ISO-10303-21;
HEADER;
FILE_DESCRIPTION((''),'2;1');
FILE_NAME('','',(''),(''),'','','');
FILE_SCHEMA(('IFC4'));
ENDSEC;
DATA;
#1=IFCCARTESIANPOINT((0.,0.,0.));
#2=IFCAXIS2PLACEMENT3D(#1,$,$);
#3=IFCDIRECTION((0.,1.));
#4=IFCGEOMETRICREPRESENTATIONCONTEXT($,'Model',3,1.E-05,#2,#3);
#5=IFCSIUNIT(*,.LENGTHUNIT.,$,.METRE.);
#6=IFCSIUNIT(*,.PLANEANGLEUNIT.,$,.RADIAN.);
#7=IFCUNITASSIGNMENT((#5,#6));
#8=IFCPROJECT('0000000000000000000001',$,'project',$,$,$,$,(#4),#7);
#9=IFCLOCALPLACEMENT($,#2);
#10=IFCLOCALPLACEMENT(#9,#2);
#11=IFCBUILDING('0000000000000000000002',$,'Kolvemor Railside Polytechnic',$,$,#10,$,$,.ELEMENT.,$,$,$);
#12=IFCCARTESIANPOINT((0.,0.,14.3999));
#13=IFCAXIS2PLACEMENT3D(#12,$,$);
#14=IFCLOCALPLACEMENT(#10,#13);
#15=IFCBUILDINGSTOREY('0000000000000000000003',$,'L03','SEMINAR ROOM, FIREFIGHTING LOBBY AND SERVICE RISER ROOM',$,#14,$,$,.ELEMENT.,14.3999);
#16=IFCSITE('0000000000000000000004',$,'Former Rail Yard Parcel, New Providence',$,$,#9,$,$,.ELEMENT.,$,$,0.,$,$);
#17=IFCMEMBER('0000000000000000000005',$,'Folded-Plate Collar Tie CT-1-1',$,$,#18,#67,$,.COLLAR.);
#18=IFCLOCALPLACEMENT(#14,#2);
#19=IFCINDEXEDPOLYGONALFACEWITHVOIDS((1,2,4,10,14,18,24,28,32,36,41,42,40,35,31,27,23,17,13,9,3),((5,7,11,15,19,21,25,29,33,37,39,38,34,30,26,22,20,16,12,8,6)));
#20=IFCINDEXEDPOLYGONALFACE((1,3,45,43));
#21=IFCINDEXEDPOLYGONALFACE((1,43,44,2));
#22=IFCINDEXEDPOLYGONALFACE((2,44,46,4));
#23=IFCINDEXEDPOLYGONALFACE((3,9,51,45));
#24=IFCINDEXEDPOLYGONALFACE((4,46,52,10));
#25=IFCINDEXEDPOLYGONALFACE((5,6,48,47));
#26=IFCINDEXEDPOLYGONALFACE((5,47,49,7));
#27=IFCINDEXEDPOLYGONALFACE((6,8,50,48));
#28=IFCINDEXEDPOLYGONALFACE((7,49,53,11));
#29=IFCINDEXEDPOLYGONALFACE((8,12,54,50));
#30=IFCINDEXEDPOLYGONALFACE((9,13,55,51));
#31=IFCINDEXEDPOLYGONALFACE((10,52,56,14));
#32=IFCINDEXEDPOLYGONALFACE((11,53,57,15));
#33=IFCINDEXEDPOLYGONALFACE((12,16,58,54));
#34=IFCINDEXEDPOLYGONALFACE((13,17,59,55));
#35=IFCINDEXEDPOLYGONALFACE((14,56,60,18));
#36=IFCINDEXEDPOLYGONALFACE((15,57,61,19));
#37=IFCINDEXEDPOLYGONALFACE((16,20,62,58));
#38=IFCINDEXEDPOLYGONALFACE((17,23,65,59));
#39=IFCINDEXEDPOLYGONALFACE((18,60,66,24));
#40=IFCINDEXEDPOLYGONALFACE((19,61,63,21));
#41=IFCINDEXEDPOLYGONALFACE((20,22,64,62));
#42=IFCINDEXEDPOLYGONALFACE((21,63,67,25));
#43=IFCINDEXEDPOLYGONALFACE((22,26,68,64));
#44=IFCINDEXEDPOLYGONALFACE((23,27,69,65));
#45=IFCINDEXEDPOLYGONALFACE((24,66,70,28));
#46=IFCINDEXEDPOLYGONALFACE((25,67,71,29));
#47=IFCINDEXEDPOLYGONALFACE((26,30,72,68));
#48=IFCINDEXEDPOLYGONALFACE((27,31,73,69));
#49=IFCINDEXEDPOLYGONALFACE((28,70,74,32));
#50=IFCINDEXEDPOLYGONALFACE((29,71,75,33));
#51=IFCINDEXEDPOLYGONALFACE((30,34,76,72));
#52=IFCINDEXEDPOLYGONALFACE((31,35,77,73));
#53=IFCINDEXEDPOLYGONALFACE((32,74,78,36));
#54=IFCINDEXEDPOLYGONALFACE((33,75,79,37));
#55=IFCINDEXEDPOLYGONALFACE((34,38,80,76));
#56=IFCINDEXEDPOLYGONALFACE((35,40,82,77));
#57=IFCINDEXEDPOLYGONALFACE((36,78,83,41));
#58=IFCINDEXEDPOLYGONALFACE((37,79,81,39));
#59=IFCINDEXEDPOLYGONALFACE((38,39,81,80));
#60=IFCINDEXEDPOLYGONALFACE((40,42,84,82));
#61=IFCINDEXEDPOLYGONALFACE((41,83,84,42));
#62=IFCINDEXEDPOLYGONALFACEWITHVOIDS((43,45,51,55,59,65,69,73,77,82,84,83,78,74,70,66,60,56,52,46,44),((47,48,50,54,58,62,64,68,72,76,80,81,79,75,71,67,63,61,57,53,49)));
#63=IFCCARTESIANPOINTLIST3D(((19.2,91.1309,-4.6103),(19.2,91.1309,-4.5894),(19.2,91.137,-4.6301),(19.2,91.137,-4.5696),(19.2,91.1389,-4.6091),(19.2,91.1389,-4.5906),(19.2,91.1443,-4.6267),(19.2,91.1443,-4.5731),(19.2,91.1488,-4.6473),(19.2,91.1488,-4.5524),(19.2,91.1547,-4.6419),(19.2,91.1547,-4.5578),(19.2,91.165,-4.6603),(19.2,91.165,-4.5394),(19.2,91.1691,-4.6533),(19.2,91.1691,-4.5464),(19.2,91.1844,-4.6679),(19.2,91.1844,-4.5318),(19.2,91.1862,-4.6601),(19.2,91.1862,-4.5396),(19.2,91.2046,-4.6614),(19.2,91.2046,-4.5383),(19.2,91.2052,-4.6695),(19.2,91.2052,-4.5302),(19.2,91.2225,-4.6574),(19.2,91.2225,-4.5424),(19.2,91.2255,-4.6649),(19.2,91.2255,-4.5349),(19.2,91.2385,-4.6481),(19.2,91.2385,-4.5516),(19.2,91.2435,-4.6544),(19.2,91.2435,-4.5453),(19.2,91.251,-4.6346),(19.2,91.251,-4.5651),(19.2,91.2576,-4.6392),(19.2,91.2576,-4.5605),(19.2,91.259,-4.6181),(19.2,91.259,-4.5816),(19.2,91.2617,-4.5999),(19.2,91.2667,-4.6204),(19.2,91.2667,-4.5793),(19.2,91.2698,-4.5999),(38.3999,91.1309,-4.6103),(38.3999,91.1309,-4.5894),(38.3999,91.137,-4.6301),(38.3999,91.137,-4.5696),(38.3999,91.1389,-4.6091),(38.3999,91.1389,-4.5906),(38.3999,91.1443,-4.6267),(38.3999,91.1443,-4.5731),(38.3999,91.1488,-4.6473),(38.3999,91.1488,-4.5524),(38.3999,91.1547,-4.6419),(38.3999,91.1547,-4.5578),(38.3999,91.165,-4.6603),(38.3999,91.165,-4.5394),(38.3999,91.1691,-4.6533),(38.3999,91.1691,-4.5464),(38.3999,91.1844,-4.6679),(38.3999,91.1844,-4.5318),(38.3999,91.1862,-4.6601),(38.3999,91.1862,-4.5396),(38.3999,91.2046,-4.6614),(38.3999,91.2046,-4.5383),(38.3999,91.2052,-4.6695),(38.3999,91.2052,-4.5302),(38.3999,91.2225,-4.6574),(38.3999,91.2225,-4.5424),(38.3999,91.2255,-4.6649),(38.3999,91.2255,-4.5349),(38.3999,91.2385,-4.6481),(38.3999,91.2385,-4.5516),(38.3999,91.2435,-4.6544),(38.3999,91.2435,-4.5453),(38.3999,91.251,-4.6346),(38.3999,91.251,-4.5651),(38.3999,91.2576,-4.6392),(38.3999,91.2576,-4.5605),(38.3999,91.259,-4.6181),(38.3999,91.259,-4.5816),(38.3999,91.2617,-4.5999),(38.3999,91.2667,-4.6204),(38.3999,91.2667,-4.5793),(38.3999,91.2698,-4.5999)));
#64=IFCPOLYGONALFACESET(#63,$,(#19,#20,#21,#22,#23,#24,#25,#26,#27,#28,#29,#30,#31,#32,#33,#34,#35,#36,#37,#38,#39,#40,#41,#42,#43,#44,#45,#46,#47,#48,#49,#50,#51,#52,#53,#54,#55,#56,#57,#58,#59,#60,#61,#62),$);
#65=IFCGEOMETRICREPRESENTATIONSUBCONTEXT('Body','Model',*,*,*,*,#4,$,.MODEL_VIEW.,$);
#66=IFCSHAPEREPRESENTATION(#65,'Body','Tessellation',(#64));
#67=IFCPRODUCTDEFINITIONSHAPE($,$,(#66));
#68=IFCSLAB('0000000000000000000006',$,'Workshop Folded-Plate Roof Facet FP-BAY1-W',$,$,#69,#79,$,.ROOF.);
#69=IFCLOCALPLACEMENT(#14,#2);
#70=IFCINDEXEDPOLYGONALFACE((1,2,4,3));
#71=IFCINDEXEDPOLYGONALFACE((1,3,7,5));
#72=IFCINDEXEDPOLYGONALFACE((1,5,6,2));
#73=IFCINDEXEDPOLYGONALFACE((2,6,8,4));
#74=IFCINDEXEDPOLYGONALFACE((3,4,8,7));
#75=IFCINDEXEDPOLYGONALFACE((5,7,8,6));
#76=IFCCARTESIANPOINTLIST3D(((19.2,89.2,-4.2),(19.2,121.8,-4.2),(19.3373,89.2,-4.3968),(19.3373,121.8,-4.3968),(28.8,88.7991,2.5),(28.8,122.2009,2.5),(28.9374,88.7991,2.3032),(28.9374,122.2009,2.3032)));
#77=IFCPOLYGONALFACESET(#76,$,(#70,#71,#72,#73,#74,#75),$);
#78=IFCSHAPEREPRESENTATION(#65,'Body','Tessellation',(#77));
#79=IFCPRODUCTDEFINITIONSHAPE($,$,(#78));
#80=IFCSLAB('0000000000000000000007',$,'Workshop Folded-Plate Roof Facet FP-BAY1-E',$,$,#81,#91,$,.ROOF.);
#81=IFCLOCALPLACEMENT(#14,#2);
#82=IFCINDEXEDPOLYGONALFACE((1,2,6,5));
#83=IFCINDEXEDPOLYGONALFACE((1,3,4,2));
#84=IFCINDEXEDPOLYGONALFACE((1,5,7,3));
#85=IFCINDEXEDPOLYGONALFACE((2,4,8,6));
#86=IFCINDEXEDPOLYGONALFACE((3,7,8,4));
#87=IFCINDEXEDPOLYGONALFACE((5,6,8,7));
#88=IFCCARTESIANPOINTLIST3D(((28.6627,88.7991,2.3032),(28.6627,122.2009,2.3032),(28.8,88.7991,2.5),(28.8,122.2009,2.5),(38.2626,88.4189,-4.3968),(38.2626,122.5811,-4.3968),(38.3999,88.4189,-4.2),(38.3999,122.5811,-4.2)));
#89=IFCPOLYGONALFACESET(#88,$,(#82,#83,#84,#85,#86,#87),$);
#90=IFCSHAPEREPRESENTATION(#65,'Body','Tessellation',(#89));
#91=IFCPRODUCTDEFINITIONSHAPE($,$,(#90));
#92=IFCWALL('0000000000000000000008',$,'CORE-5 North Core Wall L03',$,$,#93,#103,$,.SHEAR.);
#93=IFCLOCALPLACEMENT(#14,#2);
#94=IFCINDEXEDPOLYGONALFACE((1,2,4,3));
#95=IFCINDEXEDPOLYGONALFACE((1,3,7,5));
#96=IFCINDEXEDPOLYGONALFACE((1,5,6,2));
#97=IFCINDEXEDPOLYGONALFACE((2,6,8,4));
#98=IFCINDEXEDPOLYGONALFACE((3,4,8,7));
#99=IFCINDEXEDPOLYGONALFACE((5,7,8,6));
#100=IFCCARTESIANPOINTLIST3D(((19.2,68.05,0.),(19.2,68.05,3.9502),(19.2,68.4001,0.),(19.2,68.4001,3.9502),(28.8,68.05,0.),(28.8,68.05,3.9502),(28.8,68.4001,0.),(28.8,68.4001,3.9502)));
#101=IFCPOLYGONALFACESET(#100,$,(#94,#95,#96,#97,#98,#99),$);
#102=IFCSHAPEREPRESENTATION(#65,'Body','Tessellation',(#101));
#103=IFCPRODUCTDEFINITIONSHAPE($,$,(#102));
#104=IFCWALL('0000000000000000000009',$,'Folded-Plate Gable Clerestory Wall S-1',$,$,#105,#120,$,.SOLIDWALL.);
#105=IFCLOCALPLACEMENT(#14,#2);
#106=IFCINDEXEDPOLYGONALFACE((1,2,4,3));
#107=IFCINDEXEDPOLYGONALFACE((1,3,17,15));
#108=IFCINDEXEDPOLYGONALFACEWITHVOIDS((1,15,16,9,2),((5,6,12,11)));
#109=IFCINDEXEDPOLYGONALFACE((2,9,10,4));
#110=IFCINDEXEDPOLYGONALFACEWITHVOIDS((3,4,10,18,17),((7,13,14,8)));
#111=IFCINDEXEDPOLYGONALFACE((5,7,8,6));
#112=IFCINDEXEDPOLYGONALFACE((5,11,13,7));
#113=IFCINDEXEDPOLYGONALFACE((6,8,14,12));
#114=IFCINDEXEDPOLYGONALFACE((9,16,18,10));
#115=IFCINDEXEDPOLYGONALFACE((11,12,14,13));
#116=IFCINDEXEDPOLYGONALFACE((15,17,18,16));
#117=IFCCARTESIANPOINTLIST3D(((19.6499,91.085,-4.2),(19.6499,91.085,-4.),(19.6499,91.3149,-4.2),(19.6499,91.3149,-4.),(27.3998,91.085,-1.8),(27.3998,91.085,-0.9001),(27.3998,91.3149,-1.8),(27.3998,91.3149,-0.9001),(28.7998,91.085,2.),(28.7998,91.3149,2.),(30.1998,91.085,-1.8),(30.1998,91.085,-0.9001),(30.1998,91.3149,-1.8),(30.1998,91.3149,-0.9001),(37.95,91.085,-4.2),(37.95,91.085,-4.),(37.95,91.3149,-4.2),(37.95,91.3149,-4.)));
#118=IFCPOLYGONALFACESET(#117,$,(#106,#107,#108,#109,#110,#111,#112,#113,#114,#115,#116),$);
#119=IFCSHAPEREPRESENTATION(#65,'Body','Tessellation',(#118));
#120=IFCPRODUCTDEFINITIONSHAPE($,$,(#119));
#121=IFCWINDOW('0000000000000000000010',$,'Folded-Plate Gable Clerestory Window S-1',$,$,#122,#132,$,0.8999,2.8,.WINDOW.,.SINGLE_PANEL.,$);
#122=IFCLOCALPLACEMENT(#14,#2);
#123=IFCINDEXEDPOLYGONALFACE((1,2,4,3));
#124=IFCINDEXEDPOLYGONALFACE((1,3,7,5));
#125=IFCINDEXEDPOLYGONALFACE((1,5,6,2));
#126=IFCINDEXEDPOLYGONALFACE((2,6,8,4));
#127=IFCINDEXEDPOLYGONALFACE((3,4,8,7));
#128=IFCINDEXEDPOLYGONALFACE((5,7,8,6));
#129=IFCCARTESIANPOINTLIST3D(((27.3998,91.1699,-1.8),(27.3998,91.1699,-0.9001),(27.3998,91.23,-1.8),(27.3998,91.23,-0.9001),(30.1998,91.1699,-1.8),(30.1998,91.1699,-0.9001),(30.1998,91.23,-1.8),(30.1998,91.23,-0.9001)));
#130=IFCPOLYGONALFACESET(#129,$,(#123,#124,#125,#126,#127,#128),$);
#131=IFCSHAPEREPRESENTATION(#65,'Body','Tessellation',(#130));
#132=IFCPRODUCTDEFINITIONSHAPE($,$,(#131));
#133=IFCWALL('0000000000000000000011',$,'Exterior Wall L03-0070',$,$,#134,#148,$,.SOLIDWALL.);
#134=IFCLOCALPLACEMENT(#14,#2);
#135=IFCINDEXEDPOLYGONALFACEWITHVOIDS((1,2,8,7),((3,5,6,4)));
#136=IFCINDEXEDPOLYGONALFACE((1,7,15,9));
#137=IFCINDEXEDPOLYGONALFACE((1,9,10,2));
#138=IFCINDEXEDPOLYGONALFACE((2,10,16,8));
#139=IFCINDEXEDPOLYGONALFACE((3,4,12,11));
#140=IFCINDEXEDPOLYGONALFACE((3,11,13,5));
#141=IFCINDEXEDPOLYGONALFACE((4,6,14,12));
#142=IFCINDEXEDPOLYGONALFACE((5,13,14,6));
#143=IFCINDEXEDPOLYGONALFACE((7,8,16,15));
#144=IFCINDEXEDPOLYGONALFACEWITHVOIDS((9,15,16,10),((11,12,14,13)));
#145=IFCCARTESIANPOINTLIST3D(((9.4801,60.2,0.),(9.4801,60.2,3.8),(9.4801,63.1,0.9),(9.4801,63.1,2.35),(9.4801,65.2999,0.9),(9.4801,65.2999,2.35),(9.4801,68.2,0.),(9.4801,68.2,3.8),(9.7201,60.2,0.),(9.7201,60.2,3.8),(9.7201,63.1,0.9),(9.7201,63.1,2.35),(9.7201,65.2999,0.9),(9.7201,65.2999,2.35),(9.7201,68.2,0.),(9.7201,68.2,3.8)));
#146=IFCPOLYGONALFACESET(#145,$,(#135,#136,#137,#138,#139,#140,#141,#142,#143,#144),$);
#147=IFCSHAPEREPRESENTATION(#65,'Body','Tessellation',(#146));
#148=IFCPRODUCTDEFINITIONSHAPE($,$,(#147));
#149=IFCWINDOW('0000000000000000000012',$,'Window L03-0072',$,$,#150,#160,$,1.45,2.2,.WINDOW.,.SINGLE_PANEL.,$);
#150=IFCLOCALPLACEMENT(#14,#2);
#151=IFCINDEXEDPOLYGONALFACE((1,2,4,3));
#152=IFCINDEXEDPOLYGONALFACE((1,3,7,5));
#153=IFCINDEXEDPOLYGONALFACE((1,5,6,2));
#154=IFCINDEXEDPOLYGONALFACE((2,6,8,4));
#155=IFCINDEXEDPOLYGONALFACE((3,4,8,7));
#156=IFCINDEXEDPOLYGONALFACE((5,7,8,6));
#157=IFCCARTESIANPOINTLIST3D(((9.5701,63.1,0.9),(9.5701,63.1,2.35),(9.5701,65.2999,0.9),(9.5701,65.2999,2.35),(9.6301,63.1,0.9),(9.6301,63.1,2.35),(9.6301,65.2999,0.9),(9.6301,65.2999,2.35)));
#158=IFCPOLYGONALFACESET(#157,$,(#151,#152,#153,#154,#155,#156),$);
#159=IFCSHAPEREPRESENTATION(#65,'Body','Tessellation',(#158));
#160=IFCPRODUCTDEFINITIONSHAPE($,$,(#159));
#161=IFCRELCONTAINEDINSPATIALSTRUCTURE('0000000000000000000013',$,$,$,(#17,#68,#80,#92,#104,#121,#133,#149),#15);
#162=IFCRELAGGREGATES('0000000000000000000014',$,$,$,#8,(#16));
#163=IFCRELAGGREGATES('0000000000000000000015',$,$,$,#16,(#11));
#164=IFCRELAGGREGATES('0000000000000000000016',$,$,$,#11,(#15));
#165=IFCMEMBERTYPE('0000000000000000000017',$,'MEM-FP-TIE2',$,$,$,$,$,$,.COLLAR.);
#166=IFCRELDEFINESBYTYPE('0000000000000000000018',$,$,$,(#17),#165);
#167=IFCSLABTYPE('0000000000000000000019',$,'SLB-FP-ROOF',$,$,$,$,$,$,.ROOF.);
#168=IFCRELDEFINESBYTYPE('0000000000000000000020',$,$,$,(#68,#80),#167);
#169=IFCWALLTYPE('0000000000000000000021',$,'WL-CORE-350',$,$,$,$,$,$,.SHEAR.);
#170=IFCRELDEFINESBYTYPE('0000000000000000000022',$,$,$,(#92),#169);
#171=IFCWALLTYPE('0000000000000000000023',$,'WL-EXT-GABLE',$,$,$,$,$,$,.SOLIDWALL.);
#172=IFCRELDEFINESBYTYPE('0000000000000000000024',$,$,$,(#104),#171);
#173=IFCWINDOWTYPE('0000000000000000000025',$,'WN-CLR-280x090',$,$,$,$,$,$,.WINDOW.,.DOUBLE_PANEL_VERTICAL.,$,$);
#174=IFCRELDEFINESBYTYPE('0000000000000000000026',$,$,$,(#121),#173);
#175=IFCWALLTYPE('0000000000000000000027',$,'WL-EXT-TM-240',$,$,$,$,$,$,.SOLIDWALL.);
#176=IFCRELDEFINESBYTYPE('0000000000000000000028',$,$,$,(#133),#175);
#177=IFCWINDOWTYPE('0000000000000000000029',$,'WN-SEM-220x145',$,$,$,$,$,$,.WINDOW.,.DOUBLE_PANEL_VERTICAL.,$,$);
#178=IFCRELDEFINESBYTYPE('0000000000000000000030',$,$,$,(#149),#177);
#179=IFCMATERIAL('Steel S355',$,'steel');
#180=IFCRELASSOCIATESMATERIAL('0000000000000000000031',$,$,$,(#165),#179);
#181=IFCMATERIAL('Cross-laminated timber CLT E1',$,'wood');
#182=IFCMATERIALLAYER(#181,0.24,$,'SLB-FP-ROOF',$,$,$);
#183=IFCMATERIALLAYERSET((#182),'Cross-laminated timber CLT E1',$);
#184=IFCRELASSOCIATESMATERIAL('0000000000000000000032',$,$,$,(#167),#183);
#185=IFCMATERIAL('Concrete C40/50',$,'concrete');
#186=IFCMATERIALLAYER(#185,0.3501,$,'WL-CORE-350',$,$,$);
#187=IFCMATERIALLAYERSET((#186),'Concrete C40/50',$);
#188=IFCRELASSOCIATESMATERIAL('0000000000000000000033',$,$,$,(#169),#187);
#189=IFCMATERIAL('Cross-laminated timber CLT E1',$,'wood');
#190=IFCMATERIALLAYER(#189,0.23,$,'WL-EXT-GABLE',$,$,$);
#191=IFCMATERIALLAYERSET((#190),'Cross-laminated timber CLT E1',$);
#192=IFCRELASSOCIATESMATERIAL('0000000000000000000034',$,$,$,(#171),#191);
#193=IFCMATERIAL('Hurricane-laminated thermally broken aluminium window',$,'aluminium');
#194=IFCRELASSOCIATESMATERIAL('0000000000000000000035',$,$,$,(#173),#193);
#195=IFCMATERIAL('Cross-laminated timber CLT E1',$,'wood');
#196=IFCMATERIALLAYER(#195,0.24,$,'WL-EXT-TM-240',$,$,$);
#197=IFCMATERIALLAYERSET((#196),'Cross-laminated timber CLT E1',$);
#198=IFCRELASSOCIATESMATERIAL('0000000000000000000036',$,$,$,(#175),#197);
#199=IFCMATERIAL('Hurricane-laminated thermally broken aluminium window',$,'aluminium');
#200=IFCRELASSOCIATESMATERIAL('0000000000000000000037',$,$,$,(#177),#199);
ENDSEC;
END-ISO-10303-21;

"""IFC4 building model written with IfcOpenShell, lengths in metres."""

from ifc_helpers import new_model, si_unit, direction, frame, frame_2d, origin, origin_2d, place, context, subcontext, project, spatial, polyline, rectangle, hollow_circle, outline, extrude, material, layer, layer_set, material_profile, profile_set, type_object, element, fill, save


model = new_model("IFC4")

# Units and contexts
model_context = context("Model", 3, precision=1e-05, world=origin(), true_north=direction((0.0, 1.0)))
body_context = subcontext(model_context, "Body", "Model", "MODEL_VIEW")
ifc_project = project(units=[si_unit("LENGTHUNIT", "METRE"), si_unit("PLANEANGLEUNIT", "RADIAN")], contexts=[model_context])

# Site, building, storey
site_placement = place(None, origin())
site = spatial("IfcSite", under=ifc_project, at=site_placement, Name="Former Rail Yard Parcel, New Providence", CompositionType="ELEMENT", RefElevation=0.0)
building_placement = place(site_placement, origin())
building = spatial("IfcBuilding", under=site, at=building_placement, Name="Kolvemor Railside Polytechnic", CompositionType="ELEMENT")
storey_placement = place(building_placement, frame((0.0, 0.0, 14.3999)))
storey = spatial("IfcBuildingStorey", under=building, at=storey_placement, Name="L03", Description="SEMINAR ROOM, FIREFIGHTING LOBBY AND SERVICE RISER ROOM", CompositionType="ELEMENT", Elevation=14.3999)

# Member
ifc_material_1 = material(Name="Steel S355", Category="steel")
ifc_material_profile_1 = material_profile(ifc_material_1, hollow_circle(Radius=0.0698, WallThickness=0.0081, at=origin_2d()), Name="CHS139.7x8")
ifc_profile_set_1 = profile_set([ifc_material_profile_1], Name="Steel S355")
member_type_1 = type_object("IfcMemberType", Name="MEM-FP-TIE2", PredefinedType="COLLAR", material=ifc_profile_set_1)
member_1_placement = place(storey_placement, frame((19.2, 91.2, -4.5999), z_axis=(1.0, 0.0, 0.0), x_axis=(0.0, 1.0, 0.0)))
element("IfcMember", 1, at=member_1_placement, inside=storey, type_object=member_type_1, Name="Folded-Plate Collar Tie CT-1-1", PredefinedType="COLLAR", context=body_context, shape_type="SweptSolid", body=[
    extrude(hollow_circle(Radius=0.0698, WallThickness=0.0081, at=origin_2d()), origin(), (0.0, 0.0, 1.0), 19.2),
])

# Slabs
ifc_material_2 = material(Name="Cross-laminated timber CLT E1", Category="wood")
ifc_layer_1 = layer(ifc_material_2, 0.24, Name="SLB-FP-ROOF")
ifc_layer_set_1 = layer_set([ifc_layer_1], Name="Cross-laminated timber CLT E1")
slab_type = type_object("IfcSlabType", Name="SLB-FP-ROOF", PredefinedType="ROOF", material=ifc_layer_set_1)
slab_1_placement = place(storey_placement, frame((19.2, 89.2, -4.2), z_axis=(-0.572308, 0.0, 0.820038), x_axis=(0.819558, -0.034223, 0.571973)))
element("IfcSlab", 2, at=slab_1_placement, inside=storey, type_object=slab_type, Name="Workshop Folded-Plate Roof Facet FP-BAY1-W", PredefinedType="ROOF", context=body_context, shape_type="SweptSolid", body=[
    extrude(outline(polyline([(0.0, 0.0), (11.7137, 0.0), (10.5706, 33.3823), (-1.1157, 32.581), (0.0, 0.0)])), origin(), (0.0, 0.0, -1.0), 0.24),
])
slab_2_placement = place(storey_placement, frame((28.8, 88.7991, 2.5), z_axis=(0.572318, 0.0, 0.820032), x_axis=(0.8196, -0.032454, -0.572017)))
element("IfcSlab", 3, at=slab_2_placement, inside=storey, type_object=slab_type, Name="Workshop Folded-Plate Roof Facet FP-BAY1-E", PredefinedType="ROOF", context=body_context, shape_type="SweptSolid", body=[
    extrude(outline(polyline([(0.0, 0.0), (11.7129, 0.0), (10.6042, 34.1441), (-1.084, 33.3843), (0.0, 0.0)])), origin(), (0.0, 0.0, -1.0), 0.24),
])

# Wall
ifc_material_3 = material(Name="Concrete C40/50", Category="concrete")
ifc_layer_2 = layer(ifc_material_3, 0.3501, Name="WL-CORE-350")
ifc_layer_set_2 = layer_set([ifc_layer_2], Name="Concrete C40/50")
wall_type_1 = type_object("IfcWallType", Name="WL-CORE-350", PredefinedType="SHEAR", material=ifc_layer_set_2)
wall_1_placement = place(storey_placement, frame((19.2, 68.2251, 0.0), z_axis=(0.0, 0.0, 1.0), x_axis=(1.0, 0.0, 0.0)))
element("IfcWall", 4, at=wall_1_placement, inside=storey, type_object=wall_type_1, Name="CORE-5 North Core Wall L03", PredefinedType="SHEAR", context=body_context, shape_type="SweptSolid", body=[
    extrude(rectangle(XDim=9.6001, YDim=0.3501, at=frame_2d((4.8, 0.0))), origin(), (0.0, 0.0, 1.0), 3.9502),
])

# Walls, openings, windows
ifc_material_4 = material(Name="Cross-laminated timber CLT E1", Category="wood")
ifc_layer_3 = layer(ifc_material_4, 0.23, Name="WL-EXT-GABLE")
ifc_layer_set_3 = layer_set([ifc_layer_3], Name="Cross-laminated timber CLT E1")
wall_type_2 = type_object("IfcWallType", Name="WL-EXT-GABLE", PredefinedType="SOLIDWALL", material=ifc_layer_set_3)
wall_2_placement = place(storey_placement, frame((19.6499, 91.2, -4.2), z_axis=(0.0, 0.0, 1.0), x_axis=(1.0, 0.0, 0.0)))
wall_2 = element("IfcWall", 5, at=wall_2_placement, inside=storey, type_object=wall_type_2, Name="Folded-Plate Gable Clerestory Wall S-1", PredefinedType="SOLIDWALL", context=body_context, shape_type="SweptSolid", body=[
    extrude(outline(polyline([(0.0, 0.0), (18.3, 0.0), (18.3, 0.2), (9.1499, 6.2), (0.0, 0.2), (0.0, 0.0)])), frame((0.0, 0.115, 0.0), z_axis=(0.0, -1.0, 0.0), x_axis=(1.0, 0.0, 0.0)), (0.0, 0.0, 1.0), 0.23),
])
opening_1_placement = place(wall_2_placement, frame((7.75, 0.0, 2.3999)))
opening_1 = element("IfcOpeningElement", 6, at=opening_1_placement, cuts=wall_2, PredefinedType="OPENING", context=body_context, shape_type="SweptSolid", body=[
    extrude(rectangle(XDim=2.8, YDim=0.8999, at=frame_2d((1.3999, 0.45))), frame((0.0, 0.125, 0.0), z_axis=(0.0, -1.0, 0.0), x_axis=(1.0, 0.0, 0.0)), (0.0, 0.0, 1.0), 0.25),
])
ifc_material_5 = material(Name="Hurricane-laminated thermally broken aluminium window", Category="aluminium")
window_type_1 = type_object("IfcWindowType", Name="WN-CLR-280x090", PartitioningType="DOUBLE_PANEL_VERTICAL", PredefinedType="WINDOW", material=ifc_material_5)
window_1_placement = place(opening_1_placement, origin())
window_1 = element("IfcWindow", 7, at=window_1_placement, inside=storey, type_object=window_type_1, Name="Folded-Plate Gable Clerestory Window S-1", OverallHeight=0.8999, OverallWidth=2.8, PartitioningType="SINGLE_PANEL", PredefinedType="WINDOW", context=body_context, shape_type="SweptSolid", body=[
    extrude(rectangle(XDim=2.8, YDim=0.8999, at=frame_2d((1.3999, 0.45))), frame((0.0, 0.03, 0.0), z_axis=(0.0, -1.0, 0.0), x_axis=(1.0, 0.0, 0.0)), (0.0, 0.0, 1.0), 0.0601),
])
fill(opening_1, window_1)
ifc_material_6 = material(Name="Cross-laminated timber CLT E1", Category="wood")
ifc_layer_4 = layer(ifc_material_6, 0.24, Name="WL-EXT-TM-240")
ifc_layer_set_4 = layer_set([ifc_layer_4], Name="Cross-laminated timber CLT E1")
wall_type_3 = type_object("IfcWallType", Name="WL-EXT-TM-240", PredefinedType="SOLIDWALL", material=ifc_layer_set_4)
wall_3_placement = place(storey_placement, frame((9.6001, 68.2, 0.0), z_axis=(0.0, 0.0, 1.0), x_axis=(0.0, -1.0, 0.0)))
wall_3 = element("IfcWall", 8, at=wall_3_placement, inside=storey, type_object=wall_type_3, Name="Exterior Wall L03-0070", PredefinedType="SOLIDWALL", context=body_context, shape_type="SweptSolid", body=[
    extrude(rectangle(XDim=8.0, YDim=0.24, at=frame_2d((4.0, 0.0))), origin(), (0.0, 0.0, 1.0), 3.8),
])
opening_2_placement = place(wall_3_placement, frame((2.8999, 0.0, 0.8999)))
opening_2 = element("IfcOpeningElement", 9, at=opening_2_placement, cuts=wall_3, PredefinedType="OPENING", context=body_context, shape_type="SweptSolid", body=[
    extrude(rectangle(XDim=2.2, YDim=1.45, at=frame_2d((1.1001, 0.7251))), frame((0.0, 0.1299, 0.0), z_axis=(0.0, -1.0, 0.0), x_axis=(1.0, 0.0, 0.0)), (0.0, 0.0, 1.0), 0.26),
])
ifc_material_7 = material(Name="Hurricane-laminated thermally broken aluminium window", Category="aluminium")
window_type_2 = type_object("IfcWindowType", Name="WN-SEM-220x145", PartitioningType="DOUBLE_PANEL_VERTICAL", PredefinedType="WINDOW", material=ifc_material_7)
window_2_placement = place(opening_2_placement, origin())
window_2 = element("IfcWindow", 10, at=window_2_placement, inside=storey, type_object=window_type_2, Name="Window L03-0072", OverallHeight=1.45, OverallWidth=2.2, PartitioningType="SINGLE_PANEL", PredefinedType="WINDOW", context=body_context, shape_type="SweptSolid", body=[
    extrude(rectangle(XDim=2.2, YDim=1.45, at=frame_2d((1.1001, 0.7251))), frame((0.0, 0.03, 0.0), z_axis=(0.0, -1.0, 0.0), x_axis=(1.0, 0.0, 0.0)), (0.0, 0.0, 1.0), 0.0601),
])
fill(opening_2, window_2)

save(model, "model.ifc")
